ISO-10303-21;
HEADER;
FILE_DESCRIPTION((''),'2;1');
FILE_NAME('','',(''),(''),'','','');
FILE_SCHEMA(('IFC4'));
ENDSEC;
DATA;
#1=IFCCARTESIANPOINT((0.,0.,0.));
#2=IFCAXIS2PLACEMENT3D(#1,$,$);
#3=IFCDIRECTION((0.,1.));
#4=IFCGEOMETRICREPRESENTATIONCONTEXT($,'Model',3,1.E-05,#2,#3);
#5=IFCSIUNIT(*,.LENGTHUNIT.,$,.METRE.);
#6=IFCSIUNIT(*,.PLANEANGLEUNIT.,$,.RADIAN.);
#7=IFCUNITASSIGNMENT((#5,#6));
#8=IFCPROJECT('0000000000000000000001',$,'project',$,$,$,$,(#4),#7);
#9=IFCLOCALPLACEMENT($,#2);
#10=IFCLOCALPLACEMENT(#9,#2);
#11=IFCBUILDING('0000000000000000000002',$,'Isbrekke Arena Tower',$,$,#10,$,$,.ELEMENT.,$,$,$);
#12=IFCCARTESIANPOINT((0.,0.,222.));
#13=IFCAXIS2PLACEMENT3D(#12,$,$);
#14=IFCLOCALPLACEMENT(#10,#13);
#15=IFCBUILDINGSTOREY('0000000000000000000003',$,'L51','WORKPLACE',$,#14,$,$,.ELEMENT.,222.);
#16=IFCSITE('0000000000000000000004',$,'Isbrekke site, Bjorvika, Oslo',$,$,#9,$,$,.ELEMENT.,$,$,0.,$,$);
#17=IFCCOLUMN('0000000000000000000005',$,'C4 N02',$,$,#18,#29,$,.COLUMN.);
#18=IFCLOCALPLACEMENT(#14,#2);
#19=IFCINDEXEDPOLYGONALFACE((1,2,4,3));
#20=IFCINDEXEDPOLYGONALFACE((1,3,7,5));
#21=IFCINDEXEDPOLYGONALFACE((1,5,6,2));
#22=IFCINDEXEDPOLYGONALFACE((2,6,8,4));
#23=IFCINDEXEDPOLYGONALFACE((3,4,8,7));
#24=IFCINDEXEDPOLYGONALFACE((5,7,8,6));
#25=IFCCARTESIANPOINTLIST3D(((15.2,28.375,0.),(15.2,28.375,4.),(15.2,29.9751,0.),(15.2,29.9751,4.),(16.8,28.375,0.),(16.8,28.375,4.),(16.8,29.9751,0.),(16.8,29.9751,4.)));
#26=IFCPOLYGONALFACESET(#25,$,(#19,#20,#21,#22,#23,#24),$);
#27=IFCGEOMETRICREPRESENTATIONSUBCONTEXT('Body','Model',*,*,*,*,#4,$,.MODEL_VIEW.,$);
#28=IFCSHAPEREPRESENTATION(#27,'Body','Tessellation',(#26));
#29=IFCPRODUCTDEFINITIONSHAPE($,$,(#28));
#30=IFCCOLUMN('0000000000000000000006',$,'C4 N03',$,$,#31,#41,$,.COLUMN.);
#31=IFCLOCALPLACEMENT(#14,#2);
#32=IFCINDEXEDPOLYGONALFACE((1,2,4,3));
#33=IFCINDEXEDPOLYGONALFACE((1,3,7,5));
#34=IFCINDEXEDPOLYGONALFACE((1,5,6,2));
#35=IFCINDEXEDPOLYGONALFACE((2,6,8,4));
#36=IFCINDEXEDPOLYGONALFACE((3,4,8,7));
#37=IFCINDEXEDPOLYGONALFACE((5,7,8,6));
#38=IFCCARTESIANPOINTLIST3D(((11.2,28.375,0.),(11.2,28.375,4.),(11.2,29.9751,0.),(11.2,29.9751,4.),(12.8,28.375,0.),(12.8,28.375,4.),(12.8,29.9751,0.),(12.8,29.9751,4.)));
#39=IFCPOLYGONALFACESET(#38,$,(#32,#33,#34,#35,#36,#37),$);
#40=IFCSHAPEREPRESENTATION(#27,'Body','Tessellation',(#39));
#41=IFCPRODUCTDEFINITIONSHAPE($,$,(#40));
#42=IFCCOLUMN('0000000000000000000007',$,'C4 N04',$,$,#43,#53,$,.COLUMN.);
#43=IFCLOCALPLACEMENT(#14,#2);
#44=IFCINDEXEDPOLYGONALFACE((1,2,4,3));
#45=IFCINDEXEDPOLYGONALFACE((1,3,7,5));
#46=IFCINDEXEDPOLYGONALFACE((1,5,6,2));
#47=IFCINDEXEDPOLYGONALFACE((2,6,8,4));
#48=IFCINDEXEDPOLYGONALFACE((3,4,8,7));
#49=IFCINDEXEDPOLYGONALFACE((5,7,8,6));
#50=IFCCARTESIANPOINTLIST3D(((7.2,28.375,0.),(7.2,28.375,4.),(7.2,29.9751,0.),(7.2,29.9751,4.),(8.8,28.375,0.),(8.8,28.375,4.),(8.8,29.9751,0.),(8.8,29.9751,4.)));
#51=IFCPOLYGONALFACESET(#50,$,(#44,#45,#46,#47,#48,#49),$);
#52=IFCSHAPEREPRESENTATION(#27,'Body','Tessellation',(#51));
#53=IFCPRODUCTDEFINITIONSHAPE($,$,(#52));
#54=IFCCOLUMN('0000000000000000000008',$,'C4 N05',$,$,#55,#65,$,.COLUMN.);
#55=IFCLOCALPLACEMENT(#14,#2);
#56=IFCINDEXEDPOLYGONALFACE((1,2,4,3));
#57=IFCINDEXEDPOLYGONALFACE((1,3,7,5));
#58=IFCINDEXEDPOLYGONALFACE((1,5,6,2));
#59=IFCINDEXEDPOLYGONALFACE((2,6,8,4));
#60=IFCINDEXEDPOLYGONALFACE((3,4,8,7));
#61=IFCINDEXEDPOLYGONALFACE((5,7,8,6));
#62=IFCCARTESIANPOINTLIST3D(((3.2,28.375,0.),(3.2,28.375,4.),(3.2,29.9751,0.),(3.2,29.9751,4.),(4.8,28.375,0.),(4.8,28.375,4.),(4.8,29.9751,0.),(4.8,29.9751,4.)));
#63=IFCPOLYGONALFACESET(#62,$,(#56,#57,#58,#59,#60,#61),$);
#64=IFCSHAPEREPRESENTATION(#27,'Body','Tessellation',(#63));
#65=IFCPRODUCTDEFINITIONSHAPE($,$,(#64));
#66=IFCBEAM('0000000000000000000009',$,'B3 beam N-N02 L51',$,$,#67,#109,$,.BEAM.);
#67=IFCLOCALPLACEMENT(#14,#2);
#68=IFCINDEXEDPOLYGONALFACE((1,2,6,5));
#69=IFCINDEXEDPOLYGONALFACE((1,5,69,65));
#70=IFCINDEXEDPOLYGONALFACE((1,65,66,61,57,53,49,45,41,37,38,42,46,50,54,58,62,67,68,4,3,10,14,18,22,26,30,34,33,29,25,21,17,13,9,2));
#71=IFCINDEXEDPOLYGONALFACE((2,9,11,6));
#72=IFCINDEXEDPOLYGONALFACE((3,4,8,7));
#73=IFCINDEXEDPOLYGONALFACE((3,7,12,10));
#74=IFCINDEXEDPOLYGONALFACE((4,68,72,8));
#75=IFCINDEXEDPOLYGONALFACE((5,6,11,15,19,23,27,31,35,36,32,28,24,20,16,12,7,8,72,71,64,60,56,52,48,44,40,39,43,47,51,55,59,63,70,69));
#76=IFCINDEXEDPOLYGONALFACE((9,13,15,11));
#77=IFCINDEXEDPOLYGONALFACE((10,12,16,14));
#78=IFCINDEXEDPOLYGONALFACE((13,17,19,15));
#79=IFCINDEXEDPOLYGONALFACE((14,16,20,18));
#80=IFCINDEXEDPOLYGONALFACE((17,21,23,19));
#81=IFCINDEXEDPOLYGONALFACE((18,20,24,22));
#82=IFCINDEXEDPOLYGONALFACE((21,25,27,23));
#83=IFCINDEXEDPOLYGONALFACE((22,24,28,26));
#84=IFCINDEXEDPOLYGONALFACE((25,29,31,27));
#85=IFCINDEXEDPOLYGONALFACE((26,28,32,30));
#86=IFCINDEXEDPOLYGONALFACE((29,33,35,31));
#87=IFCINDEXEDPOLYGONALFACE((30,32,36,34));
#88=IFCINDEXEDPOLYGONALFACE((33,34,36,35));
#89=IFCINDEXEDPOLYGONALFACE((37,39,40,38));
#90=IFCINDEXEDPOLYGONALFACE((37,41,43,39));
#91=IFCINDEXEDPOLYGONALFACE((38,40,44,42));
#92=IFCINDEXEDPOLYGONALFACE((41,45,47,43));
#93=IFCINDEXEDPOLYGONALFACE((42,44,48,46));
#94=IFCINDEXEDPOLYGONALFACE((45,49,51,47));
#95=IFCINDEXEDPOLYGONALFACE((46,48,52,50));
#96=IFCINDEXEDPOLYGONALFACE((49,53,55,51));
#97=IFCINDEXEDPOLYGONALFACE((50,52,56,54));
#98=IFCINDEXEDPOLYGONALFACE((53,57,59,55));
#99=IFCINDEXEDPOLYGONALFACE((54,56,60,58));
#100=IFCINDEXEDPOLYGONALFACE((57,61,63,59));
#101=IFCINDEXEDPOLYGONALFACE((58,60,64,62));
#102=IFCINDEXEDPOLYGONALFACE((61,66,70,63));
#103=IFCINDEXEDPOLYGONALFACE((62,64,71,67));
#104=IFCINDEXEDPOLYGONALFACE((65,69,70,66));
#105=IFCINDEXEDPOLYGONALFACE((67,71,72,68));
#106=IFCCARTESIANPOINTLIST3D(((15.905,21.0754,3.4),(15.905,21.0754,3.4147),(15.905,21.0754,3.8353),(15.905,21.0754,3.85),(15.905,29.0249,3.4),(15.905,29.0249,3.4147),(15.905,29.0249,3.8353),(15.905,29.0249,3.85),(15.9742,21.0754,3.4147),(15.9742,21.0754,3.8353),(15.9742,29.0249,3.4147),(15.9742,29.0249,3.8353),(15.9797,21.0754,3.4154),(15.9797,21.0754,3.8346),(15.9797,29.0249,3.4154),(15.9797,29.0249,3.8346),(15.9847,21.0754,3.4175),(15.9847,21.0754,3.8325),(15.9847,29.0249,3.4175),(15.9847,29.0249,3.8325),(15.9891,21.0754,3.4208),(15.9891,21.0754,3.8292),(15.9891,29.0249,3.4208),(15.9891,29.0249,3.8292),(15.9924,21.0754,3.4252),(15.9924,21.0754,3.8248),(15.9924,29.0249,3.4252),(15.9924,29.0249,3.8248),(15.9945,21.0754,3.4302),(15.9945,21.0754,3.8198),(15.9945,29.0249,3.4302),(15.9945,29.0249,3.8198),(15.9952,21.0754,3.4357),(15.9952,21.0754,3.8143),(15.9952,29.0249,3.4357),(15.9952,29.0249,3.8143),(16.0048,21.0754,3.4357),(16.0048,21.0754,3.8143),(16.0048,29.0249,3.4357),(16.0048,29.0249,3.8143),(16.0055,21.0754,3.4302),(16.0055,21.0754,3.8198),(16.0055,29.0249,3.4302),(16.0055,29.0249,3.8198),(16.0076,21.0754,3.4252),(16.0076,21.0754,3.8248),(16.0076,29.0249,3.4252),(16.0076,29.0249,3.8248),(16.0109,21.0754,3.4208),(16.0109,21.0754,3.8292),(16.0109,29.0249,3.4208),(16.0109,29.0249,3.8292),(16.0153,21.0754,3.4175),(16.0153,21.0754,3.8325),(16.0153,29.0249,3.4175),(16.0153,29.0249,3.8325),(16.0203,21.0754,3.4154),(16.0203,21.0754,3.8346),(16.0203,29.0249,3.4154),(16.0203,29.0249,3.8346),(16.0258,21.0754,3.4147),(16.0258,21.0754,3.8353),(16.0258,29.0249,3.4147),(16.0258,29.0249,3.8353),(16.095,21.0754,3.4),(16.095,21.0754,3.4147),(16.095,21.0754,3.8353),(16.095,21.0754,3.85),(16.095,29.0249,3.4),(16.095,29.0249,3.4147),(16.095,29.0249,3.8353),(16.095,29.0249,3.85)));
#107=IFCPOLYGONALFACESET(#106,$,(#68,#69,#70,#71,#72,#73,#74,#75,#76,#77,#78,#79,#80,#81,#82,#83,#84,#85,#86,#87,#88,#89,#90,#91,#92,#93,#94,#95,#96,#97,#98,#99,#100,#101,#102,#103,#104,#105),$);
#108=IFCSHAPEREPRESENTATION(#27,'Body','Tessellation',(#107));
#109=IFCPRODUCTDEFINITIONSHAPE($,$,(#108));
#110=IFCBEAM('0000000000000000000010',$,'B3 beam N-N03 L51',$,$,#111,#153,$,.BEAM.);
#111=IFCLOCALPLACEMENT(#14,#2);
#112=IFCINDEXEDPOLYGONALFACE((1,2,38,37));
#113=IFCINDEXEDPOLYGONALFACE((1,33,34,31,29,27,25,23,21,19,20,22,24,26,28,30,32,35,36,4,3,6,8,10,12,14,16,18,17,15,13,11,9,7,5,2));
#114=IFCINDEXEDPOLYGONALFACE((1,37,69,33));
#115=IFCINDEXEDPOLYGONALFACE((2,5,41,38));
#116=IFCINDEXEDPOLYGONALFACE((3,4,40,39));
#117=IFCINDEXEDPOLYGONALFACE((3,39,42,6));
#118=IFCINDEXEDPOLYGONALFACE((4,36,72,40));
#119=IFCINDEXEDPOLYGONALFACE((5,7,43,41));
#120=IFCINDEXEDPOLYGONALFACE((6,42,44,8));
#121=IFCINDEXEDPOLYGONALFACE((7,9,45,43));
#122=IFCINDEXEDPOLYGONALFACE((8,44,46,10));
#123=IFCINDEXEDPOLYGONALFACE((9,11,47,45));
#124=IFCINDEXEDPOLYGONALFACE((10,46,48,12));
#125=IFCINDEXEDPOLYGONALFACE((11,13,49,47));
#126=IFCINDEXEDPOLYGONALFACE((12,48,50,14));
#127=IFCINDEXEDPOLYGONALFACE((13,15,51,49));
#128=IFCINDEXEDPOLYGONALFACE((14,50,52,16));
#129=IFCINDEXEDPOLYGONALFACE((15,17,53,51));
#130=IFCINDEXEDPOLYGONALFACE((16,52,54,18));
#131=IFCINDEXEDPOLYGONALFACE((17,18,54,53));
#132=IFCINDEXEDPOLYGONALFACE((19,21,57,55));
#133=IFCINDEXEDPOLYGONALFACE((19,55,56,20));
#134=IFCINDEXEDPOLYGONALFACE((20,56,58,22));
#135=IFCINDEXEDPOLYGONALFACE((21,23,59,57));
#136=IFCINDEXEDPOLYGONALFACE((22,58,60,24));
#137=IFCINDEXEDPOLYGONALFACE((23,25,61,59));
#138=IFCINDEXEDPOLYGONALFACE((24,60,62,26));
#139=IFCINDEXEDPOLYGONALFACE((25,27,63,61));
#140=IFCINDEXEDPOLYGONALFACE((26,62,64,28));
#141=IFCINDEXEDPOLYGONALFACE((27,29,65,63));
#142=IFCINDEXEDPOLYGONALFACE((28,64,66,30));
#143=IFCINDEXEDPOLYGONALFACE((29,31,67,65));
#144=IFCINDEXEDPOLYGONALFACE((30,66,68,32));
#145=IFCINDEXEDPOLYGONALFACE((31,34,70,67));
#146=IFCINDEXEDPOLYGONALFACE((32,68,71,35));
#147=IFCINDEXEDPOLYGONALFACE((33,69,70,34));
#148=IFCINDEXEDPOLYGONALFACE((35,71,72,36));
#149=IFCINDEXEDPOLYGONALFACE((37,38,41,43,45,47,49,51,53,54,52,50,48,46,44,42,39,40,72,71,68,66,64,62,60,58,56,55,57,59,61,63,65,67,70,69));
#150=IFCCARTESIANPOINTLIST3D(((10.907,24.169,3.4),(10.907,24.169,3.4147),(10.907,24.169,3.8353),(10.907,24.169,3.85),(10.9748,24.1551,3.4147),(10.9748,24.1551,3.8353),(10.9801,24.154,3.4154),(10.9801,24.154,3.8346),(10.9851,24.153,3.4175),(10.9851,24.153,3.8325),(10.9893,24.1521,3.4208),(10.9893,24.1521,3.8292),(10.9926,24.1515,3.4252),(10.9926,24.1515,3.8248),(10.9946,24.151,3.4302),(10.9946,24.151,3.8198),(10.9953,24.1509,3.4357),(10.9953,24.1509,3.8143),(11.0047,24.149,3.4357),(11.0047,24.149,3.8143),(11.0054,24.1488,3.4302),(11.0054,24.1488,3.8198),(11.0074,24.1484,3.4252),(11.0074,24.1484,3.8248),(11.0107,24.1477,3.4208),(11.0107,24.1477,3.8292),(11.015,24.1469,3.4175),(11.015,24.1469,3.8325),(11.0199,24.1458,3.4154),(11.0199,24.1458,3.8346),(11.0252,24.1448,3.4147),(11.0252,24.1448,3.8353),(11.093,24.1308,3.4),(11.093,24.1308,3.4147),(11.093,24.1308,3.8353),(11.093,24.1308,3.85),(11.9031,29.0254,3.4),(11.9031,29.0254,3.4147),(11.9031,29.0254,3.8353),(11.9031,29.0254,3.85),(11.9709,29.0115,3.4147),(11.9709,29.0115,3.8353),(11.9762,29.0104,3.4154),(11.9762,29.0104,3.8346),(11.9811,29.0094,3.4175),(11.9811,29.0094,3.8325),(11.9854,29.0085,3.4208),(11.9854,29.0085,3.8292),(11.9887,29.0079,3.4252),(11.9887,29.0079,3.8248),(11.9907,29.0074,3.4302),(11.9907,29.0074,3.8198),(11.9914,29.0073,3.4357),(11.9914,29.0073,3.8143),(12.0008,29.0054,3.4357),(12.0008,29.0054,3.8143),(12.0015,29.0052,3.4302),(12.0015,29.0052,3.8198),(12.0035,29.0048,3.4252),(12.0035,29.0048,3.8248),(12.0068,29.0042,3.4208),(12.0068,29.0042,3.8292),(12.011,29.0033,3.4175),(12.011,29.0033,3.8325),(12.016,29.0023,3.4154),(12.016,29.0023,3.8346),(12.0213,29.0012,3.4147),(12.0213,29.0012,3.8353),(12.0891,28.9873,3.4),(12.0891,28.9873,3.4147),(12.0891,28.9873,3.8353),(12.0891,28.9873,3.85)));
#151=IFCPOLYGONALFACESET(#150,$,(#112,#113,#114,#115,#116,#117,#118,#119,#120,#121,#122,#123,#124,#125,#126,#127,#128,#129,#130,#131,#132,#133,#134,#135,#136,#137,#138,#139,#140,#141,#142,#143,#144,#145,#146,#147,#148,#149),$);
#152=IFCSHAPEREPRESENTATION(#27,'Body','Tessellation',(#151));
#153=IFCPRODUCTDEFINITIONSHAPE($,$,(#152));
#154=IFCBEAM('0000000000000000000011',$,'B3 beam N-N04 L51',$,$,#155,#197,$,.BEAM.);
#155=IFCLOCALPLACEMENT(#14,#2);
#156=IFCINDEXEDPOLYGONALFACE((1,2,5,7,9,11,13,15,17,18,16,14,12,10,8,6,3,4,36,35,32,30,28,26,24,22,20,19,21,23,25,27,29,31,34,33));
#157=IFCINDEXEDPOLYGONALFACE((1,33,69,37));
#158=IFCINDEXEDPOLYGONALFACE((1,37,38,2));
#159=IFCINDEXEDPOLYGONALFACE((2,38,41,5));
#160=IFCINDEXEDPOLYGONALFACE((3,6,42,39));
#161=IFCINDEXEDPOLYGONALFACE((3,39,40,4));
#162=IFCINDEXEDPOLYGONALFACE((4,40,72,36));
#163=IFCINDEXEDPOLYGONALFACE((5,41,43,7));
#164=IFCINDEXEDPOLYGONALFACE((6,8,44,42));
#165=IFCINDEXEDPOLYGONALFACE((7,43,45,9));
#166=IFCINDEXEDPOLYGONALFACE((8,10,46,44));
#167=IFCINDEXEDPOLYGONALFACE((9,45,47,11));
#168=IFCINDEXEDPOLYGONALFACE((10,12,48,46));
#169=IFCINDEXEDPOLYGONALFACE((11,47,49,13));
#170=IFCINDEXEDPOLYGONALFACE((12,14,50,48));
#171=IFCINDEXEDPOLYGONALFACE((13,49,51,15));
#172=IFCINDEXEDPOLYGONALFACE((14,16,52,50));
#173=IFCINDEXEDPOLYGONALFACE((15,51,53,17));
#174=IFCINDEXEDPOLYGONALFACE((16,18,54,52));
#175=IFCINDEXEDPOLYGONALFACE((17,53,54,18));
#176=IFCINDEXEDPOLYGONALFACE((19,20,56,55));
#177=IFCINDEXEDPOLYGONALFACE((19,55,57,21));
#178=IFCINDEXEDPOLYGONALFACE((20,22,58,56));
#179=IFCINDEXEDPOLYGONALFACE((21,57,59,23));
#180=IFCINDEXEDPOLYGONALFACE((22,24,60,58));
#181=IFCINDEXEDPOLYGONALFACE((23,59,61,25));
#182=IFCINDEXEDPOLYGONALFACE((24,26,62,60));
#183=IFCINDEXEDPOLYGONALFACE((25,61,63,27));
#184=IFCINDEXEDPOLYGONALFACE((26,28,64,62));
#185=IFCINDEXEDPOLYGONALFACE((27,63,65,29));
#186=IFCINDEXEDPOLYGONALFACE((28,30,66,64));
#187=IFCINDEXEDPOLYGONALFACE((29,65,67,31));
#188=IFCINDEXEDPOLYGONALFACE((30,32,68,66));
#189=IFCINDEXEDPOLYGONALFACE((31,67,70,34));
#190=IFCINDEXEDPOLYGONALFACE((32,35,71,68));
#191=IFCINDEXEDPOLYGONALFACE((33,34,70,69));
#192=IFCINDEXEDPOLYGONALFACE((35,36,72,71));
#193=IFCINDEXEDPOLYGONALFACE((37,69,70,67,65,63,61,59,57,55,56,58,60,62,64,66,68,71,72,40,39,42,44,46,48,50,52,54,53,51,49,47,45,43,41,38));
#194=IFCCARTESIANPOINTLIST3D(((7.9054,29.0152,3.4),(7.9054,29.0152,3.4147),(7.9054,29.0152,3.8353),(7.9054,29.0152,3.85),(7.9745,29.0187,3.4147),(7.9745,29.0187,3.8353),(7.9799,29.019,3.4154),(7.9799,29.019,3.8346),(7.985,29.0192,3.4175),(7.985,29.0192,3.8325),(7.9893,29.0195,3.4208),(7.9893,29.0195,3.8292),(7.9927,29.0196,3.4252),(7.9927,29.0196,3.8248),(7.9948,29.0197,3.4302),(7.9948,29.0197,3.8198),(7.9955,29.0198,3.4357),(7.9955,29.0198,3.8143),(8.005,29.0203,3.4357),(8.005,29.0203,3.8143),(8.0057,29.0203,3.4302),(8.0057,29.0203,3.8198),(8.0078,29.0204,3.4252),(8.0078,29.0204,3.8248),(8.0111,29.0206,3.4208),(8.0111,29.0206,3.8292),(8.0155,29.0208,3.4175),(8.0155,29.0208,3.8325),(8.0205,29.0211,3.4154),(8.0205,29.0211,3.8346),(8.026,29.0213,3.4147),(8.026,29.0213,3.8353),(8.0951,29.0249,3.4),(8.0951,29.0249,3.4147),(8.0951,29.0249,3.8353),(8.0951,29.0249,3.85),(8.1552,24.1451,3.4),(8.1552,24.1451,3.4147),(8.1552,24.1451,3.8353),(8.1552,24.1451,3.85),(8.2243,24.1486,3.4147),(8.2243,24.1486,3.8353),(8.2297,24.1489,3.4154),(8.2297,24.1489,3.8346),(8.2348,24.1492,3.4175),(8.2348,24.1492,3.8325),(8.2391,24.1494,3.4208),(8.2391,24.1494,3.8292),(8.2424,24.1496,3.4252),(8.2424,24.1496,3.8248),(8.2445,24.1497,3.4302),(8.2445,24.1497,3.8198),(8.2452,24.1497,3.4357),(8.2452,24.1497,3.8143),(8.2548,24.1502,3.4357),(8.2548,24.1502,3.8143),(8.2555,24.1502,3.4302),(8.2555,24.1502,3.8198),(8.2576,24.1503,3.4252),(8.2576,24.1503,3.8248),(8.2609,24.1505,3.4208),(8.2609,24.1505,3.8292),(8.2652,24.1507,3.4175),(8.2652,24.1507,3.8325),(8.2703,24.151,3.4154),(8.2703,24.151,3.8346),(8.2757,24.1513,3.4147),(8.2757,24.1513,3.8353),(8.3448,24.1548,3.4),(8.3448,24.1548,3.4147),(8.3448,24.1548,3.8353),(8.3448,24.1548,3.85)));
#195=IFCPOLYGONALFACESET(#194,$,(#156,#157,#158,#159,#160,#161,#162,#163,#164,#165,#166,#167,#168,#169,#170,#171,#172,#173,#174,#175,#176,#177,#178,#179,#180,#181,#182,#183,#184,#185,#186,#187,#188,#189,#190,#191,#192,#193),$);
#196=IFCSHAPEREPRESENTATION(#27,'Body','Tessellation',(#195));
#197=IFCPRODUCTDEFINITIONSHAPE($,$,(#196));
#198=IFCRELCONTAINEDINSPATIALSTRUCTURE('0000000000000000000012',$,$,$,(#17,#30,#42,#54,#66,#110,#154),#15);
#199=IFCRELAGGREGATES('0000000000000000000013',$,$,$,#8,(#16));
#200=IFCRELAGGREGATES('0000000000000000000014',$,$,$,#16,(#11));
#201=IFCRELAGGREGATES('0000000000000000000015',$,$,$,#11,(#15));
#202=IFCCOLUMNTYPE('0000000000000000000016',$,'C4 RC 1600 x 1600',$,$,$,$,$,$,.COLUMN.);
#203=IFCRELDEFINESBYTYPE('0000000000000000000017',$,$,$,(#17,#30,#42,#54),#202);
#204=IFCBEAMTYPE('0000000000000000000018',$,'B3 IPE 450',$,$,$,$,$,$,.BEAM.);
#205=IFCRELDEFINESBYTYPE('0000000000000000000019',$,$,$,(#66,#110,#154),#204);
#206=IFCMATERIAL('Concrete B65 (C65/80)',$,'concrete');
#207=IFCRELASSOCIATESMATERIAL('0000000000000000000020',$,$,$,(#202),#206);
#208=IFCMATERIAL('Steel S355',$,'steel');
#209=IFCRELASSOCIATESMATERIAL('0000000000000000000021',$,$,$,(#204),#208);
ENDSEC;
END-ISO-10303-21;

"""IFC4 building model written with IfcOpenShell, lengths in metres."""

from ifc_helpers import new_model, si_unit, direction, frame, origin, origin_2d, place, context, subcontext, project, spatial, rectangle, i_section, extrude, material, material_profile, profile_set, type_object, element, save


model = new_model("IFC4")

# Units and contexts
model_context = context("Model", 3, precision=1e-05, world=origin(), true_north=direction((0.0, 1.0)))
body_context = subcontext(model_context, "Body", "Model", "MODEL_VIEW")
ifc_project = project(units=[si_unit("LENGTHUNIT", "METRE"), si_unit("PLANEANGLEUNIT", "RADIAN")], contexts=[model_context])

# Site, building, storey
site_placement = place(None, origin())
site = spatial("IfcSite", under=ifc_project, at=site_placement, Name="Isbrekke site, Bjorvika, Oslo", CompositionType="ELEMENT", RefElevation=0.0)
building_placement = place(site_placement, origin())
building = spatial("IfcBuilding", under=site, at=building_placement, Name="Isbrekke Arena Tower", CompositionType="ELEMENT")
storey_placement = place(building_placement, frame((0.0, 0.0, 222.0)))
storey = spatial("IfcBuildingStorey", under=building, at=storey_placement, Name="L51", Description="WORKPLACE", CompositionType="ELEMENT", Elevation=222.0)

# Columns
ifc_material_1 = material(Name="Concrete B65 (C65/80)", Category="concrete")
ifc_material_profile_1 = material_profile(ifc_material_1, rectangle(XDim=1.6001, YDim=1.6001, at=origin_2d()), Name="RC 1600x1600")
ifc_profile_set_1 = profile_set([ifc_material_profile_1], Name="Concrete B65 (C65/80)")
column_type = type_object("IfcColumnType", Name="C4 RC 1600 x 1600", PredefinedType="COLUMN", material=ifc_profile_set_1)
for number, where, z_axis, x_axis, name in (
    (1, (16.0, 29.175, 0.0), (0.0, 0.0, 1.0), (-1.0, 0.0, 0.0), "C4 N02"),
    (2, (12.0, 29.175, 0.0), (0.0, 0.0, 1.0), (-1.0, 0.0, 0.0), "C4 N03"),
    (3, (8.0, 29.175, 0.0), (0.0, 0.0, 1.0), (-1.0, 0.0, 0.0), "C4 N04"),
    (4, (4.0, 29.175, 0.0), (0.0, 0.0, 1.0), (-1.0, 0.0, 0.0), "C4 N05"),
):
    element("IfcColumn", number, at=place(storey_placement, frame(where, z_axis=z_axis, x_axis=x_axis)), inside=storey, type_object=column_type, Name=name, PredefinedType="COLUMN", context=body_context, shape_type="SweptSolid", body=[
        extrude(rectangle(XDim=1.6001, YDim=1.6001, at=origin_2d()), origin(), (0.0, 0.0, 1.0), 4.0),
    ])

# Beams
ifc_material_2 = material(Name="Steel S355", Category="steel")
ifc_material_profile_2 = material_profile(ifc_material_2, i_section(OverallWidth=0.1899, OverallDepth=0.45, WebThickness=0.0095, FlangeThickness=0.0146, FilletRadius=0.021, at=origin_2d()), Name="IPE 450")
ifc_profile_set_2 = profile_set([ifc_material_profile_2], Name="Steel S355")
beam_type_1 = type_object("IfcBeamType", Name="B3 IPE 450", PredefinedType="BEAM", material=ifc_profile_set_2)
beam_1_placement = place(storey_placement, frame((16.0, 29.0249, 3.625), z_axis=(0.0, -1.0, 0.0), x_axis=(1.0, 0.0, 0.0)))
element("IfcBeam", 5, at=beam_1_placement, inside=storey, type_object=beam_type_1, Name="B3 beam N-N02 L51", PredefinedType="BEAM", context=body_context, shape_type="SweptSolid", body=[
    extrude(i_section(OverallWidth=0.1899, OverallDepth=0.45, WebThickness=0.0095, FlangeThickness=0.0146, FilletRadius=0.021, at=origin_2d()), origin(), (0.0, 0.0, 1.0), 7.9495),
])
beam_2_placement = place(storey_placement, frame((11.9961, 29.0063, 3.625), z_axis=(-0.200925, -0.979607, 0.0), x_axis=(0.979607, -0.200925, 0.0)))
element("IfcBeam", 6, at=beam_2_placement, inside=storey, type_object=beam_type_1, Name="B3 beam N-N03 L51", PredefinedType="BEAM", context=body_context, shape_type="SweptSolid", body=[
    extrude(i_section(OverallWidth=0.1899, OverallDepth=0.45, WebThickness=0.0095, FlangeThickness=0.0146, FilletRadius=0.021, at=origin_2d()), origin(), (0.0, 0.0, 1.0), 4.9575),
])
beam_3_placement = place(storey_placement, frame((8.0002, 29.02, 3.625), z_axis=(0.051216, -0.998688, 0.0), x_axis=(0.998688, 0.051216, 0.0)))
element("IfcBeam", 7, at=beam_3_placement, inside=storey, type_object=beam_type_1, Name="B3 beam N-N04 L51", PredefinedType="BEAM", context=body_context, shape_type="SweptSolid", body=[
    extrude(i_section(OverallWidth=0.1899, OverallDepth=0.45, WebThickness=0.0095, FlangeThickness=0.0146, FilletRadius=0.021, at=origin_2d()), origin(), (0.0, 0.0, 1.0), 4.8765),
])

save(model, "model.ifc")
